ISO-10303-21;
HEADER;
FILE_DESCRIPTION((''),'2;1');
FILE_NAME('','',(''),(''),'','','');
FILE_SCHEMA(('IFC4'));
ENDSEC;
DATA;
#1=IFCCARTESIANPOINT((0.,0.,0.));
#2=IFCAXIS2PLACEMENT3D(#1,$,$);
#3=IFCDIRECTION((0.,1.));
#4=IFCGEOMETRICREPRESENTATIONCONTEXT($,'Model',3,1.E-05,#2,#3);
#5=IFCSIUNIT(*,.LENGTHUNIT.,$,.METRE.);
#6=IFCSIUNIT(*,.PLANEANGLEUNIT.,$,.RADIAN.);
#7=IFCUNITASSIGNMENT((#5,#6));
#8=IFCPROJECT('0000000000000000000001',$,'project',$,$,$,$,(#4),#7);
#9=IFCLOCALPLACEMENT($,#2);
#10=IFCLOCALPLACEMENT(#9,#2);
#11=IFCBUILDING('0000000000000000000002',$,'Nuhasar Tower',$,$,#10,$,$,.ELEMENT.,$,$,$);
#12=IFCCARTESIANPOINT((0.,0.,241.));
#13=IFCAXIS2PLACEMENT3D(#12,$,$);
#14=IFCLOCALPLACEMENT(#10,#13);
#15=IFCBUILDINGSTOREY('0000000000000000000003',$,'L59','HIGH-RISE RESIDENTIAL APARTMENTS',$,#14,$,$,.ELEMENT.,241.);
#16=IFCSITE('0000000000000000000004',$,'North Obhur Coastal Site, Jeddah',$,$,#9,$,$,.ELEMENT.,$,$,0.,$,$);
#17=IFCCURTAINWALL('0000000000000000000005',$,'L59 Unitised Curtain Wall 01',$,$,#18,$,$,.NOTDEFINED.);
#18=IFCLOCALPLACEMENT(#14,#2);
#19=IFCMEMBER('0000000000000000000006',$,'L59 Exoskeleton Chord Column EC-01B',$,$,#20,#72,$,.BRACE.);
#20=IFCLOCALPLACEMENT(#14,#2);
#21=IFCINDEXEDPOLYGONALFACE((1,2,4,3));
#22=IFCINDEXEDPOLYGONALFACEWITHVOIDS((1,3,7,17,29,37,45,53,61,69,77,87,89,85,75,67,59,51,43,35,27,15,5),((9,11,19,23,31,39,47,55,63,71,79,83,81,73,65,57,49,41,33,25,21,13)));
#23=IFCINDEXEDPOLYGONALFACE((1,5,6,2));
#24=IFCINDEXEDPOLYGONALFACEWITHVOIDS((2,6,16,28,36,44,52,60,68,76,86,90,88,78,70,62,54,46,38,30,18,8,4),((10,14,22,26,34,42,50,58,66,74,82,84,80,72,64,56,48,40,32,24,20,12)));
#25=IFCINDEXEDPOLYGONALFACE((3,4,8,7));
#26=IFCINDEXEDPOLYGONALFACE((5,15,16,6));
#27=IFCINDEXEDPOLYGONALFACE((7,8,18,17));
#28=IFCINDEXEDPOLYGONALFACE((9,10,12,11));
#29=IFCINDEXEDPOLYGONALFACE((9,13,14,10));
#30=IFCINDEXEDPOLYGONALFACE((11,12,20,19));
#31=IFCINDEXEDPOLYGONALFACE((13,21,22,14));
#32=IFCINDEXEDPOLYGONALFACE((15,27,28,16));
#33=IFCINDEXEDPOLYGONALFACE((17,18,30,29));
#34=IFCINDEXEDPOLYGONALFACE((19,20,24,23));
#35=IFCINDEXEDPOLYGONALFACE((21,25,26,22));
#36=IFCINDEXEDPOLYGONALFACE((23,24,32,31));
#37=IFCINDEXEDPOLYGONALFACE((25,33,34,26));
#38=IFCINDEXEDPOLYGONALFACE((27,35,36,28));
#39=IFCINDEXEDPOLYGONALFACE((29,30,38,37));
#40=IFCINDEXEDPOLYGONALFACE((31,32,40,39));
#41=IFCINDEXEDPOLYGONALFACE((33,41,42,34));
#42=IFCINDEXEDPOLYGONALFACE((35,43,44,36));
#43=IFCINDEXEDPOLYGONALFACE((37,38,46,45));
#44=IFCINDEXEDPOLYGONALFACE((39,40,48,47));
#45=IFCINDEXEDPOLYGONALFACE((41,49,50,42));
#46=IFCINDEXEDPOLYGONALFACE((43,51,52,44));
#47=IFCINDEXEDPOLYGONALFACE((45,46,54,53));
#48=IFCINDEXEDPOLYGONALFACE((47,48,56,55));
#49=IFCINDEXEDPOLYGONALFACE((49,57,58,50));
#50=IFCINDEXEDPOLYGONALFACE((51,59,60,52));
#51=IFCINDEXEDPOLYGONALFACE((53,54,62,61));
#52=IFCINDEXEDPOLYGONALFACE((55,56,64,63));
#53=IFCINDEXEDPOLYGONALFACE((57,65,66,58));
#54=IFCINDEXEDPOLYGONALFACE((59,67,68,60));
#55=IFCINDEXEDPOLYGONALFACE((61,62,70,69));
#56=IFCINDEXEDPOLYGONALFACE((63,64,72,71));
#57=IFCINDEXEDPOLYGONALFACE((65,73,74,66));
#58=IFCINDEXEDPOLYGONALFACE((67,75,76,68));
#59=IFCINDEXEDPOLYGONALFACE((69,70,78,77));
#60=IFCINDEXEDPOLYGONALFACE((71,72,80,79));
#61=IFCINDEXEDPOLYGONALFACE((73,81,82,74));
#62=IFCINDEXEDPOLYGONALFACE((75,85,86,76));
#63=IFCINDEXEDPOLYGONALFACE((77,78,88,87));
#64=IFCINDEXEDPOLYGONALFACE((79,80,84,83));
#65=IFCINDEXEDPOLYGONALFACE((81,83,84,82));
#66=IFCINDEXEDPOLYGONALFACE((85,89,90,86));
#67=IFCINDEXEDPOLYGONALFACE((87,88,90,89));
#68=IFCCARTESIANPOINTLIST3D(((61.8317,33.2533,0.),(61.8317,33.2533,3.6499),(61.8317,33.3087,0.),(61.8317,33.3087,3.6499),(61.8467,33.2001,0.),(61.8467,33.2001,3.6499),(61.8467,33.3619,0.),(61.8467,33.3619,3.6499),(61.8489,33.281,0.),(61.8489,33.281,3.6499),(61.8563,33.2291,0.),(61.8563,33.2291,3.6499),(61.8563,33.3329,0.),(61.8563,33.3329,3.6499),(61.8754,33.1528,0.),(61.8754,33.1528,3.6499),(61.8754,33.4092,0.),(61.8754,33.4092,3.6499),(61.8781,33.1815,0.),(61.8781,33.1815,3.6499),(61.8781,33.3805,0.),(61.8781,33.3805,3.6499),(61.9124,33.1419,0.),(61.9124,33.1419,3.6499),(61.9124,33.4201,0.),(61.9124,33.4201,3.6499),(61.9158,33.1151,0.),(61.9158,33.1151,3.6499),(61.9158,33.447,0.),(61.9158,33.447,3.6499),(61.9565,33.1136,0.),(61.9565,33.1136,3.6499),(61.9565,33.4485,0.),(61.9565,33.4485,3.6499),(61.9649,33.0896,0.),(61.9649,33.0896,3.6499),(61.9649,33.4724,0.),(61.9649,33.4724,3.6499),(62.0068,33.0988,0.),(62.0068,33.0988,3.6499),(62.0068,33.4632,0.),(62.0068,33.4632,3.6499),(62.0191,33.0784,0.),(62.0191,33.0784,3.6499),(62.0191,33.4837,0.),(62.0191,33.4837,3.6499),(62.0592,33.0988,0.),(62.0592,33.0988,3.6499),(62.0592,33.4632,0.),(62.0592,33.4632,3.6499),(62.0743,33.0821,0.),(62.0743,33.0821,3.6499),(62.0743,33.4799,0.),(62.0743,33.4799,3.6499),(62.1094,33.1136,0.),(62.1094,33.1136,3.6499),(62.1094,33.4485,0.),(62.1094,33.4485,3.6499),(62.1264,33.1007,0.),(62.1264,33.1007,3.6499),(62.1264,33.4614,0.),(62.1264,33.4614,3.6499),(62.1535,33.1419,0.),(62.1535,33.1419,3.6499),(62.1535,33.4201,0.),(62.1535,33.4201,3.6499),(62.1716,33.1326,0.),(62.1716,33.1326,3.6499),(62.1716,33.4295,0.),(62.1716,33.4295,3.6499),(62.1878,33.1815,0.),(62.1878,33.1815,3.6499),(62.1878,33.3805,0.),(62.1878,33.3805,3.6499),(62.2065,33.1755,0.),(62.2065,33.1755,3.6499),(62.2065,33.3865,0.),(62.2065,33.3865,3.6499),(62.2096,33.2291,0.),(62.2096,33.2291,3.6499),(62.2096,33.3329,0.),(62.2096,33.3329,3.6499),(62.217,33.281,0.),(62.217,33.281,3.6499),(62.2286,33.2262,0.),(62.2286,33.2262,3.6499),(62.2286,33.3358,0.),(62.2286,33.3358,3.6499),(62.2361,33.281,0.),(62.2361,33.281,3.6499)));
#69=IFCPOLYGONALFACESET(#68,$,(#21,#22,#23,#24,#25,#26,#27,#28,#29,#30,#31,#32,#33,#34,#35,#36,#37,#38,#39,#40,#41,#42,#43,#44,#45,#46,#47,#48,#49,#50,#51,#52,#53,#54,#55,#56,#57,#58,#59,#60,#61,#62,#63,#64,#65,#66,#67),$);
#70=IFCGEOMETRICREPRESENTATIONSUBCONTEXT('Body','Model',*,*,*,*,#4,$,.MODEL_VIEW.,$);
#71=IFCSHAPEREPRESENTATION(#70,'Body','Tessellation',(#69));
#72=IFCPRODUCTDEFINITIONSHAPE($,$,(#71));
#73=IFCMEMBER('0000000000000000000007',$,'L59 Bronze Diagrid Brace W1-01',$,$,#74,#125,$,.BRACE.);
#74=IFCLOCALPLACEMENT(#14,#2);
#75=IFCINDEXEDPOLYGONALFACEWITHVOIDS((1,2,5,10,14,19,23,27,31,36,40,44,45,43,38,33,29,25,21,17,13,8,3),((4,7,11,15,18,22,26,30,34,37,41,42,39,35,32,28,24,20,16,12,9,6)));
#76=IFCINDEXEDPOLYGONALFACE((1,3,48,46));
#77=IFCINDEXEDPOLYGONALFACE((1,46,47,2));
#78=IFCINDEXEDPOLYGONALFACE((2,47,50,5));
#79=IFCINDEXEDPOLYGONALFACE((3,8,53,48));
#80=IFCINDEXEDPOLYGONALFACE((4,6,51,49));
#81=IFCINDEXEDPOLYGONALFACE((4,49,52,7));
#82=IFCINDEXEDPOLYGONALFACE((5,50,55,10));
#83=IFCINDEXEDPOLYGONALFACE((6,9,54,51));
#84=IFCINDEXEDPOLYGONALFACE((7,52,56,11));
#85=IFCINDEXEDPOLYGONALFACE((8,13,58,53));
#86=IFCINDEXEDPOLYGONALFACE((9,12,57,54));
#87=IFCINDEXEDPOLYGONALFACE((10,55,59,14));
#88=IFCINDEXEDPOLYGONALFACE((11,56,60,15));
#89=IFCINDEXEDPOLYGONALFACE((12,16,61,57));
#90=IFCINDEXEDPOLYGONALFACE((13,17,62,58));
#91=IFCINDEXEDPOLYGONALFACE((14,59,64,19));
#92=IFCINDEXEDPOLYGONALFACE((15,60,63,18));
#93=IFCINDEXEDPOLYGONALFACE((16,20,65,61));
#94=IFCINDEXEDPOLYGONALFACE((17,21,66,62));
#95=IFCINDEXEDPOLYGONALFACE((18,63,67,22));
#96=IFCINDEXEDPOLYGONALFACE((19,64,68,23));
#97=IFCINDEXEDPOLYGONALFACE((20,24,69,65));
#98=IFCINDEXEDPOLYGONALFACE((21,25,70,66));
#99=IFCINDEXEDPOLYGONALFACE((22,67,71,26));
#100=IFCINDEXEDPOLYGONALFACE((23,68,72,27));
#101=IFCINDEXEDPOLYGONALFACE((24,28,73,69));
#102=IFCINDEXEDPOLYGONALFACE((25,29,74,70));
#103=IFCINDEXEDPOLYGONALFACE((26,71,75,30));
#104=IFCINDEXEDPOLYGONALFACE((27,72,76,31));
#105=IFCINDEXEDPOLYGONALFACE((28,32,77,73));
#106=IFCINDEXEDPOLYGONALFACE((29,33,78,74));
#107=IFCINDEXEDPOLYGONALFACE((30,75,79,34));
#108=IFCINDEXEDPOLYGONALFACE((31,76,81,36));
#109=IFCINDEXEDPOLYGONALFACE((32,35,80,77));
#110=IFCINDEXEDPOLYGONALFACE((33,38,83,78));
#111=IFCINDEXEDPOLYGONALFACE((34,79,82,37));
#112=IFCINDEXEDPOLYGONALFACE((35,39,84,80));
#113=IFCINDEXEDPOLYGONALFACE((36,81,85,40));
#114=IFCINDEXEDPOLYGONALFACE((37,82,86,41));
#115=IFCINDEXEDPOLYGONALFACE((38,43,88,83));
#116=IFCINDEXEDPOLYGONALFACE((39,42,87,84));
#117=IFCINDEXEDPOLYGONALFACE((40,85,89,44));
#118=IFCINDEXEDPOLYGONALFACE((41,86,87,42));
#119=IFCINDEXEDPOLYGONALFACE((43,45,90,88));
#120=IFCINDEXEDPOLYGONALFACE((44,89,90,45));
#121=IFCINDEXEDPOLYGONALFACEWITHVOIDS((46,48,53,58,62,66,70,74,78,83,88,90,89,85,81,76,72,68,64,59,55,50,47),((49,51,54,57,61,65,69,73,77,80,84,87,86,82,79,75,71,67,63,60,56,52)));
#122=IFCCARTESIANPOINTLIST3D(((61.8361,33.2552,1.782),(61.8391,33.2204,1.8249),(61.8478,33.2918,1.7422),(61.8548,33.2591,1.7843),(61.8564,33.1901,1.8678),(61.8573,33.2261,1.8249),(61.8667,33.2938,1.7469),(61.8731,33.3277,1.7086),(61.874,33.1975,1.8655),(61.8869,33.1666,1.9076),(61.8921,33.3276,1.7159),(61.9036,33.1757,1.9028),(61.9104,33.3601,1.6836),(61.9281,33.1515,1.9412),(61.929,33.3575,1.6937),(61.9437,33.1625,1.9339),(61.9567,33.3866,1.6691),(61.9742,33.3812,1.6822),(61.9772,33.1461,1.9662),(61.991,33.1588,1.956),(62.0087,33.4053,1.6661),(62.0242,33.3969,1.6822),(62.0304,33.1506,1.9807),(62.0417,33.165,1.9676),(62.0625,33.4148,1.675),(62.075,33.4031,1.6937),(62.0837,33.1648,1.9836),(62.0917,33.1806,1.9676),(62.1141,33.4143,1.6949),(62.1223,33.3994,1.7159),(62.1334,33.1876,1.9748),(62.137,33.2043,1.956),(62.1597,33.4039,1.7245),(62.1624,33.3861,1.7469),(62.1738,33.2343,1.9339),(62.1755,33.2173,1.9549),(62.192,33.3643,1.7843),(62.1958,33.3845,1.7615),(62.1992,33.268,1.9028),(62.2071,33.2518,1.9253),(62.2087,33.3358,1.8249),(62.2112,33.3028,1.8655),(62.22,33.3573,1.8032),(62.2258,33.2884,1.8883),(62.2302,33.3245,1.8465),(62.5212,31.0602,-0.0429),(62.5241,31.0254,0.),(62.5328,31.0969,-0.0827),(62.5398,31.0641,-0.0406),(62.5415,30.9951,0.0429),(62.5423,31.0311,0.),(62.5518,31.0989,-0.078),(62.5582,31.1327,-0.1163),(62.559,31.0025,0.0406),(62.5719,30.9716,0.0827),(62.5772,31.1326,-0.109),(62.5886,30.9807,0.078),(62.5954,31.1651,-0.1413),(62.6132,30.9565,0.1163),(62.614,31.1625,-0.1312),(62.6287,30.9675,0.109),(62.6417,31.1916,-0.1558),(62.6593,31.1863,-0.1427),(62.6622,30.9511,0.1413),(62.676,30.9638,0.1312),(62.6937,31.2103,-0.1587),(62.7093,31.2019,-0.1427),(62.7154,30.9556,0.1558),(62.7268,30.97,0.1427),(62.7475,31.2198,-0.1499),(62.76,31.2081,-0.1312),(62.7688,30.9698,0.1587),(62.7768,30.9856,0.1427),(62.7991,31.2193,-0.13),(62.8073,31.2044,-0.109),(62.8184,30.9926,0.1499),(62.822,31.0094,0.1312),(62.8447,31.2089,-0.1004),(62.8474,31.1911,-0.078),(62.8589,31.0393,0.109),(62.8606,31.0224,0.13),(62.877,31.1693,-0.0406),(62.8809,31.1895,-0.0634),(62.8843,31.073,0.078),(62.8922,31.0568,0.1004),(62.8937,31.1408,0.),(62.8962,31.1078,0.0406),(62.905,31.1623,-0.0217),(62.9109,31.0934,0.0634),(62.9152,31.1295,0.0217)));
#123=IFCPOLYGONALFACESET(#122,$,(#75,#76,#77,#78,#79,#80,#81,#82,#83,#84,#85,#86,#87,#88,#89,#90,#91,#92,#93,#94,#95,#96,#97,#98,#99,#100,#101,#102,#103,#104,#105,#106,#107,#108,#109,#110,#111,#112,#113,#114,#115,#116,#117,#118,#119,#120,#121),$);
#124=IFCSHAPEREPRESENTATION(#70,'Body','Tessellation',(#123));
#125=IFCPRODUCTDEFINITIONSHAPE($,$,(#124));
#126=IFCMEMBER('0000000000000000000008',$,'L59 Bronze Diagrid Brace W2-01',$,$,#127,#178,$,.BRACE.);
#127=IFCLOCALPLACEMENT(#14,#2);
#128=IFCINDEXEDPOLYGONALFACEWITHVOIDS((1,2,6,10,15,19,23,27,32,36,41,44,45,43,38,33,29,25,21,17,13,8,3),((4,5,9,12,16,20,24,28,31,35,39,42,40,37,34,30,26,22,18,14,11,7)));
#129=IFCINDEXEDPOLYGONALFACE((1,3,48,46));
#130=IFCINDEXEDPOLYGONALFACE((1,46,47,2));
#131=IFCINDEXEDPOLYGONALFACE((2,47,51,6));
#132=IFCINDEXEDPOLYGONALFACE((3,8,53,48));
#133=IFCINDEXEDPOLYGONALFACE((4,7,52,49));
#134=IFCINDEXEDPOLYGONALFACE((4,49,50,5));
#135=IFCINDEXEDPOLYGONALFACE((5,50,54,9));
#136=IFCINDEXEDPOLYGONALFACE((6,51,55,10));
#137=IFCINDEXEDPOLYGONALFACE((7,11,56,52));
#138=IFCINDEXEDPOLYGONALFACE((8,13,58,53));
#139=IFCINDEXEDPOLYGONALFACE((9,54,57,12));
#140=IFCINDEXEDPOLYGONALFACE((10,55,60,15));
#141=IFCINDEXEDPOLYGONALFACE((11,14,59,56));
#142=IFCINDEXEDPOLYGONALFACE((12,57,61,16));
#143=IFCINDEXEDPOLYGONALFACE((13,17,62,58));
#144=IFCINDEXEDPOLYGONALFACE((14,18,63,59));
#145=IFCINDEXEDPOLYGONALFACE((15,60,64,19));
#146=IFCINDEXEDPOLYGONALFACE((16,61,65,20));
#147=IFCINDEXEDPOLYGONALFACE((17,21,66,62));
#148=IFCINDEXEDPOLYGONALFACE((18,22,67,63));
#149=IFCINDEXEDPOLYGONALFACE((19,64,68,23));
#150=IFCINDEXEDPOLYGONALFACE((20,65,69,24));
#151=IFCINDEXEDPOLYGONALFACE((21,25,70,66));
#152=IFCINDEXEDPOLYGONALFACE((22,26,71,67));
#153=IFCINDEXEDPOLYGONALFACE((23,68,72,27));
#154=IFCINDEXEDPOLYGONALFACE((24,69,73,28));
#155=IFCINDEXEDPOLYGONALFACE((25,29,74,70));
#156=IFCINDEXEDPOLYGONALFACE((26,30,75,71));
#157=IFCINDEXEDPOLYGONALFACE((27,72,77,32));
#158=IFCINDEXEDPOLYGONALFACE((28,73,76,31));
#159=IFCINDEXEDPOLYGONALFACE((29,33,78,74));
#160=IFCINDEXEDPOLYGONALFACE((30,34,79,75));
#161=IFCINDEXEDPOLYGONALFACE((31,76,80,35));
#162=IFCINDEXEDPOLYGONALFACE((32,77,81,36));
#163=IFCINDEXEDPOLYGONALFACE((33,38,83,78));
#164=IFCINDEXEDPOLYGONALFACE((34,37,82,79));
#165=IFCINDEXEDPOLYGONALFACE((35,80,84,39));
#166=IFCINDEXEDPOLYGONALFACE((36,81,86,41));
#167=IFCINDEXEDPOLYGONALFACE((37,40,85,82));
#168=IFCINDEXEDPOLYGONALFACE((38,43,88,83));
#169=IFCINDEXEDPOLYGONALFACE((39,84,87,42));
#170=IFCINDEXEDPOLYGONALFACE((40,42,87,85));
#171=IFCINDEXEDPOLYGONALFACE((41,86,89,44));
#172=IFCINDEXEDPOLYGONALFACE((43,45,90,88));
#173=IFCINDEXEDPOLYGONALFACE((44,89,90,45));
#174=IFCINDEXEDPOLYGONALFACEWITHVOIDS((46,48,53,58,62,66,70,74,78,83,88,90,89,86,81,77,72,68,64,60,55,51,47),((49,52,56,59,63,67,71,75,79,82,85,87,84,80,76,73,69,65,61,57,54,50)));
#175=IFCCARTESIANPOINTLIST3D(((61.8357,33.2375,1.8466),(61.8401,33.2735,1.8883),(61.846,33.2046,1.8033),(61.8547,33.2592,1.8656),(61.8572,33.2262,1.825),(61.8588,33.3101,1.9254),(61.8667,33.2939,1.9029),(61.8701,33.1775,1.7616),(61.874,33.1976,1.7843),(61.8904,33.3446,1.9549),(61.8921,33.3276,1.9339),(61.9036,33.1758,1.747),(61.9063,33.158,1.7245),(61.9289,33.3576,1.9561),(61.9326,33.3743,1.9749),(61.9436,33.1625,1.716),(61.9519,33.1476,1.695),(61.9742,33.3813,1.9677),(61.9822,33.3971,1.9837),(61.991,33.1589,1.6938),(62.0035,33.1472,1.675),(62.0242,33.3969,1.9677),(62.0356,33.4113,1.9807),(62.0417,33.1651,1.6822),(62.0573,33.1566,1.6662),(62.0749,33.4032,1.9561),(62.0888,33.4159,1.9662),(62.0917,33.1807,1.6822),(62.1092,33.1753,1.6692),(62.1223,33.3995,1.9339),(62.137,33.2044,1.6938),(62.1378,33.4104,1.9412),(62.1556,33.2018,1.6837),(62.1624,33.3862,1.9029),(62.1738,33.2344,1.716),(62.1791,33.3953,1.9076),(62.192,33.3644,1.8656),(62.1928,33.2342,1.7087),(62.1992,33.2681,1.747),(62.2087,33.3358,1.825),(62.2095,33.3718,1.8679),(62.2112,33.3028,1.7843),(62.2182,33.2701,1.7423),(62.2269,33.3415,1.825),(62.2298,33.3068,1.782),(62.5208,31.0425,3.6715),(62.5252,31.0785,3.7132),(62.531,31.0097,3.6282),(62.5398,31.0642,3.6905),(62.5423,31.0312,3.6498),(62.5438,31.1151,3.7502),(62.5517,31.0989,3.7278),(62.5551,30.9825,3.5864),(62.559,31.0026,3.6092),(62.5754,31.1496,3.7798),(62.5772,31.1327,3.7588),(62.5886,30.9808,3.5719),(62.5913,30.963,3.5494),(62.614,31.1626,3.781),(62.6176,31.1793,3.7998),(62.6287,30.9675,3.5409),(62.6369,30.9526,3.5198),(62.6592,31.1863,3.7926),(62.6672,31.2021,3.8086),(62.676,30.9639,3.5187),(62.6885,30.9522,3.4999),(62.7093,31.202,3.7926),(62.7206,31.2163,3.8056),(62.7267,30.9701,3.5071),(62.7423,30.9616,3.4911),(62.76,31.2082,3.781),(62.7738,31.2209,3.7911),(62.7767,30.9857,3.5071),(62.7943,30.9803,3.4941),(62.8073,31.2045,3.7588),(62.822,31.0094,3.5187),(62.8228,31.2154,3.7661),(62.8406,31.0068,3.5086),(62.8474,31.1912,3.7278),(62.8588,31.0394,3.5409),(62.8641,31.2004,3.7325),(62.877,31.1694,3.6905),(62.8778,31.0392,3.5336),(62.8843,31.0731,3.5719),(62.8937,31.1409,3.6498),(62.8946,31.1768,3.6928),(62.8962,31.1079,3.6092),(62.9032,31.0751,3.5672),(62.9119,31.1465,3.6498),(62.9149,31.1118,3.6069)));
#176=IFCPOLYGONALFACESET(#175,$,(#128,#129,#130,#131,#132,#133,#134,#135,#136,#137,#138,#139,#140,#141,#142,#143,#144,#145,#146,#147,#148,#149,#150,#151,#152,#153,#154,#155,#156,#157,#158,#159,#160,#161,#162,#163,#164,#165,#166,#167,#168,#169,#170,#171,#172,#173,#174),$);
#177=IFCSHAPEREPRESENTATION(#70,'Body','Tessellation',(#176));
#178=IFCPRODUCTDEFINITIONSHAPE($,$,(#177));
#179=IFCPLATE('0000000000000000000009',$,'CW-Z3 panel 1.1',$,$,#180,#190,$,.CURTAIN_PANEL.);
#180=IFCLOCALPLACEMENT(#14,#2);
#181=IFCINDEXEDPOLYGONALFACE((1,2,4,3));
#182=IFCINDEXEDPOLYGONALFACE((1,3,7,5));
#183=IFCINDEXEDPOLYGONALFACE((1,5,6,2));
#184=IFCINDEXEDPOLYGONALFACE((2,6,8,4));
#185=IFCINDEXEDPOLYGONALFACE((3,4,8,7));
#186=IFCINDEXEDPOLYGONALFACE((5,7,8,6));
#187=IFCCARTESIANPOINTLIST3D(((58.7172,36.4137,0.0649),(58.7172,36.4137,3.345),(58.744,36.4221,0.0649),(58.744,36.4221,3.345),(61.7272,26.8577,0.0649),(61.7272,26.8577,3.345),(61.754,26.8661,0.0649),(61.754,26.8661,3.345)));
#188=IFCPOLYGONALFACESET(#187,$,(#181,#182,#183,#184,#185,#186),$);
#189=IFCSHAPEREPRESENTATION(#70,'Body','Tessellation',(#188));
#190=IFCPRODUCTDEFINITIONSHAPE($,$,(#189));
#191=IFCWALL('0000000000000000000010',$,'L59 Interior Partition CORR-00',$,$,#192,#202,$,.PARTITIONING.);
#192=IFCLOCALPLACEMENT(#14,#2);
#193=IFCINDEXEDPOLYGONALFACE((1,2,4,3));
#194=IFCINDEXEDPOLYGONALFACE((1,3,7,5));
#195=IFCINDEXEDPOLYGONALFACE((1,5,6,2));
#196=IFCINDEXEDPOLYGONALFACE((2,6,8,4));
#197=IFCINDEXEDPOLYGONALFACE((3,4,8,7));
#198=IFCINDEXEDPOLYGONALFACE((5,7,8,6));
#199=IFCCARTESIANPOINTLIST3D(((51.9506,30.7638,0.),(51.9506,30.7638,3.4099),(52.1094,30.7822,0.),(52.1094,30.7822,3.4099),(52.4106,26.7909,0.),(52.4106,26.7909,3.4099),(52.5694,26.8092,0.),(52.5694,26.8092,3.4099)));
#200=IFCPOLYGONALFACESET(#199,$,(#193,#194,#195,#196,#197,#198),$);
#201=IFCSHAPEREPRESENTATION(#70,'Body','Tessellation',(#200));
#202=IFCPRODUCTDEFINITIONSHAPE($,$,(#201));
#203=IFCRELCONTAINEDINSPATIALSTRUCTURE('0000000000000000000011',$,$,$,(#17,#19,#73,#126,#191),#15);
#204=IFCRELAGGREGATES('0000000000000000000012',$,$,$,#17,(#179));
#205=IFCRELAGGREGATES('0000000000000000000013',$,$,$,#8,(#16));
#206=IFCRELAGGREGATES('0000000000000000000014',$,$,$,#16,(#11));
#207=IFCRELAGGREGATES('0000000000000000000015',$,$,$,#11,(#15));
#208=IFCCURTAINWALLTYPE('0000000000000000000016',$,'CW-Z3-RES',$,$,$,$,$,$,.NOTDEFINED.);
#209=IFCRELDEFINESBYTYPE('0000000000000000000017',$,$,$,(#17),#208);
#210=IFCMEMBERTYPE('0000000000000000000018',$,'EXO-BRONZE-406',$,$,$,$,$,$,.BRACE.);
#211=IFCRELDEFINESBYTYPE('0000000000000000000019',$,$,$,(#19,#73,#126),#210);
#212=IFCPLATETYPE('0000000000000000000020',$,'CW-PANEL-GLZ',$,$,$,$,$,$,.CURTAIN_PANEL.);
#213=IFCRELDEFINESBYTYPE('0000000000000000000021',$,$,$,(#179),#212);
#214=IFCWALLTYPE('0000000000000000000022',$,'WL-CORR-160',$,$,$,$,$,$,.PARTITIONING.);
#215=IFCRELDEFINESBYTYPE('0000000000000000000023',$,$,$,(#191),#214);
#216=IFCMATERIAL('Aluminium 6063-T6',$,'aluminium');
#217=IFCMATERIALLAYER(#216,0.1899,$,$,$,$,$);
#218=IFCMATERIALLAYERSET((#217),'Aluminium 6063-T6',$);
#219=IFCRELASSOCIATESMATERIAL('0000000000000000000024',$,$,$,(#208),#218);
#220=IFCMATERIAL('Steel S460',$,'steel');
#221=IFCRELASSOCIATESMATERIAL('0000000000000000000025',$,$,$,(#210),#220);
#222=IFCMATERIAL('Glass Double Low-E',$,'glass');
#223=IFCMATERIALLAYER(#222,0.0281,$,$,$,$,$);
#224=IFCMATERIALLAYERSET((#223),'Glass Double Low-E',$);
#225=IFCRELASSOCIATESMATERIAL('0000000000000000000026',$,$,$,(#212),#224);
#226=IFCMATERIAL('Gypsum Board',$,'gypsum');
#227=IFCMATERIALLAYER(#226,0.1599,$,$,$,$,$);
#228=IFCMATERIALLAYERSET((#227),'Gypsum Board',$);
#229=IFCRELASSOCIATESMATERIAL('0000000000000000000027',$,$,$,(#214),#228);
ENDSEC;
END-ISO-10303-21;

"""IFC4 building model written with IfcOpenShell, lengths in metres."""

from ifc_helpers import new_model, si_unit, direction, frame, frame_2d, origin, origin_2d, place, context, subcontext, project, spatial, rectangle, hollow_circle, extrude, material, layer, layer_set, material_profile, profile_set, type_object, element, aggregate, save


model = new_model("IFC4")

# Units and contexts
model_context = context("Model", 3, precision=1e-05, world=origin(), true_north=direction((0.0, 1.0)))
body_context = subcontext(model_context, "Body", "Model", "MODEL_VIEW")
ifc_project = project(units=[si_unit("LENGTHUNIT", "METRE"), si_unit("PLANEANGLEUNIT", "RADIAN")], contexts=[model_context])

# Site, building, storey
site_placement = place(None, origin())
site = spatial("IfcSite", under=ifc_project, at=site_placement, Name="North Obhur Coastal Site, Jeddah", CompositionType="ELEMENT", RefElevation=0.0)
building_placement = place(site_placement, origin())
building = spatial("IfcBuilding", under=site, at=building_placement, Name="Nuhasar Tower", CompositionType="ELEMENT")
storey_placement = place(building_placement, frame((0.0, 0.0, 241.0)))
storey = spatial("IfcBuildingStorey", under=building, at=storey_placement, Name="L59", Description="HIGH-RISE RESIDENTIAL APARTMENTS", CompositionType="ELEMENT", Elevation=241.0)

# Curtain wall
ifc_material_1 = material(Name="Aluminium 6063-T6", Category="aluminium")
ifc_layer_1 = layer(ifc_material_1, 0.1899)
ifc_layer_set_1 = layer_set([ifc_layer_1], Name="Aluminium 6063-T6")
curtain_wall_type = type_object("IfcCurtainWallType", Name="CW-Z3-RES", PredefinedType="NOTDEFINED", material=ifc_layer_set_1)
curtain_wall_1_placement = place(storey_placement, origin())
curtain_wall_1 = element("IfcCurtainWall", 1, at=curtain_wall_1_placement, inside=storey, type_object=curtain_wall_type, Name="L59 Unitised Curtain Wall 01", PredefinedType="NOTDEFINED")

# Members
ifc_material_2 = material(Name="Steel S460", Category="steel")
ifc_material_profile_1 = material_profile(ifc_material_2, hollow_circle(Radius=0.2031, WallThickness=0.019, at=origin_2d()), Name="HSS406.4X19.1")
ifc_profile_set_1 = profile_set([ifc_material_profile_1], Name="Steel S460")
member_type_1 = type_object("IfcMemberType", Name="EXO-BRONZE-406", PredefinedType="BRACE", material=ifc_profile_set_1)
for number, where, z_axis, x_axis, name in (
    (2, (62.033, 33.281, 0.0), (0.0, 0.0, 1.0), (1.0, 0.0, 0.0), "L59 Exoskeleton Chord Column EC-01B"),
):
    element("IfcMember", number, at=place(storey_placement, frame(where, z_axis=z_axis, x_axis=x_axis)), inside=storey, type_object=member_type_1, Name=name, PredefinedType="BRACE", context=body_context, shape_type="SweptSolid", body=[
        extrude(hollow_circle(Radius=0.2031, WallThickness=0.019, at=origin_2d()), origin(), (0.0, 0.0, 1.0), 3.6499),
    ])
for number, where, z_axis, x_axis, name in (
    (3, (62.718, 31.0859, 0.0), (-0.233358, 0.747727, 0.62165), (-0.954591, -0.297918, 0.0), "L59 Bronze Diagrid Brace W1-01"),
    (4, (62.033, 33.281, 1.825), (0.233358, -0.747727, 0.62165), (0.954591, 0.297918, 0.0), "L59 Bronze Diagrid Brace W2-01"),
):
    element("IfcMember", number, at=place(storey_placement, frame(where, z_axis=z_axis, x_axis=x_axis)), inside=storey, type_object=member_type_1, Name=name, PredefinedType="BRACE", context=body_context, shape_type="SweptSolid", body=[
        extrude(hollow_circle(Radius=0.2031, WallThickness=0.019, at=origin_2d()), origin(), (0.0, 0.0, 1.0), 2.9355),
    ])

# Plate
ifc_material_3 = material(Name="Glass Double Low-E", Category="glass")
ifc_layer_2 = layer(ifc_material_3, 0.0281)
ifc_layer_set_2 = layer_set([ifc_layer_2], Name="Glass Double Low-E")
plate_type = type_object("IfcPlateType", Name="CW-PANEL-GLZ", PredefinedType="CURTAIN_PANEL", material=ifc_layer_set_2)
plate_placement = place(storey_placement, frame((60.2356, 31.6399, 0.0649), z_axis=(0.0, 0.0, 1.0), x_axis=(-0.300429, 0.953804, 0.0)))
plate = element("IfcPlate", 5, at=plate_placement, type_object=plate_type, Name="CW-Z3 panel 1.1", PredefinedType="CURTAIN_PANEL", context=body_context, shape_type="SweptSolid", body=[
    extrude(rectangle(XDim=10.0188, YDim=0.0281, at=origin_2d()), origin(), (0.0, 0.0, 1.0), 3.28),
])
aggregate(curtain_wall_1, [plate])

# Shared definitions
ifc_material_4 = material(Name="Gypsum Board", Category="gypsum")
ifc_layer_3 = layer(ifc_material_4, 0.1599)
ifc_layer_set_3 = layer_set([ifc_layer_3], Name="Gypsum Board")
wall_type_1 = type_object("IfcWallType", Name="WL-CORR-160", PredefinedType="PARTITIONING", material=ifc_layer_set_3)

# Wall
wall_1_placement = place(storey_placement, frame((52.49, 26.8, 0.0), z_axis=(0.0, 0.0, 1.0), x_axis=(-0.115006, 0.993365, 0.0)))
element("IfcWall", 6, at=wall_1_placement, inside=storey, type_object=wall_type_1, Name="L59 Interior Partition CORR-00", PredefinedType="PARTITIONING", context=body_context, shape_type="SweptSolid", body=[
    extrude(rectangle(XDim=3.9995, YDim=0.1599, at=frame_2d((1.9998, 0.0))), origin(), (0.0, 0.0, 1.0), 3.4099),
])

save(model, "model.ifc")
